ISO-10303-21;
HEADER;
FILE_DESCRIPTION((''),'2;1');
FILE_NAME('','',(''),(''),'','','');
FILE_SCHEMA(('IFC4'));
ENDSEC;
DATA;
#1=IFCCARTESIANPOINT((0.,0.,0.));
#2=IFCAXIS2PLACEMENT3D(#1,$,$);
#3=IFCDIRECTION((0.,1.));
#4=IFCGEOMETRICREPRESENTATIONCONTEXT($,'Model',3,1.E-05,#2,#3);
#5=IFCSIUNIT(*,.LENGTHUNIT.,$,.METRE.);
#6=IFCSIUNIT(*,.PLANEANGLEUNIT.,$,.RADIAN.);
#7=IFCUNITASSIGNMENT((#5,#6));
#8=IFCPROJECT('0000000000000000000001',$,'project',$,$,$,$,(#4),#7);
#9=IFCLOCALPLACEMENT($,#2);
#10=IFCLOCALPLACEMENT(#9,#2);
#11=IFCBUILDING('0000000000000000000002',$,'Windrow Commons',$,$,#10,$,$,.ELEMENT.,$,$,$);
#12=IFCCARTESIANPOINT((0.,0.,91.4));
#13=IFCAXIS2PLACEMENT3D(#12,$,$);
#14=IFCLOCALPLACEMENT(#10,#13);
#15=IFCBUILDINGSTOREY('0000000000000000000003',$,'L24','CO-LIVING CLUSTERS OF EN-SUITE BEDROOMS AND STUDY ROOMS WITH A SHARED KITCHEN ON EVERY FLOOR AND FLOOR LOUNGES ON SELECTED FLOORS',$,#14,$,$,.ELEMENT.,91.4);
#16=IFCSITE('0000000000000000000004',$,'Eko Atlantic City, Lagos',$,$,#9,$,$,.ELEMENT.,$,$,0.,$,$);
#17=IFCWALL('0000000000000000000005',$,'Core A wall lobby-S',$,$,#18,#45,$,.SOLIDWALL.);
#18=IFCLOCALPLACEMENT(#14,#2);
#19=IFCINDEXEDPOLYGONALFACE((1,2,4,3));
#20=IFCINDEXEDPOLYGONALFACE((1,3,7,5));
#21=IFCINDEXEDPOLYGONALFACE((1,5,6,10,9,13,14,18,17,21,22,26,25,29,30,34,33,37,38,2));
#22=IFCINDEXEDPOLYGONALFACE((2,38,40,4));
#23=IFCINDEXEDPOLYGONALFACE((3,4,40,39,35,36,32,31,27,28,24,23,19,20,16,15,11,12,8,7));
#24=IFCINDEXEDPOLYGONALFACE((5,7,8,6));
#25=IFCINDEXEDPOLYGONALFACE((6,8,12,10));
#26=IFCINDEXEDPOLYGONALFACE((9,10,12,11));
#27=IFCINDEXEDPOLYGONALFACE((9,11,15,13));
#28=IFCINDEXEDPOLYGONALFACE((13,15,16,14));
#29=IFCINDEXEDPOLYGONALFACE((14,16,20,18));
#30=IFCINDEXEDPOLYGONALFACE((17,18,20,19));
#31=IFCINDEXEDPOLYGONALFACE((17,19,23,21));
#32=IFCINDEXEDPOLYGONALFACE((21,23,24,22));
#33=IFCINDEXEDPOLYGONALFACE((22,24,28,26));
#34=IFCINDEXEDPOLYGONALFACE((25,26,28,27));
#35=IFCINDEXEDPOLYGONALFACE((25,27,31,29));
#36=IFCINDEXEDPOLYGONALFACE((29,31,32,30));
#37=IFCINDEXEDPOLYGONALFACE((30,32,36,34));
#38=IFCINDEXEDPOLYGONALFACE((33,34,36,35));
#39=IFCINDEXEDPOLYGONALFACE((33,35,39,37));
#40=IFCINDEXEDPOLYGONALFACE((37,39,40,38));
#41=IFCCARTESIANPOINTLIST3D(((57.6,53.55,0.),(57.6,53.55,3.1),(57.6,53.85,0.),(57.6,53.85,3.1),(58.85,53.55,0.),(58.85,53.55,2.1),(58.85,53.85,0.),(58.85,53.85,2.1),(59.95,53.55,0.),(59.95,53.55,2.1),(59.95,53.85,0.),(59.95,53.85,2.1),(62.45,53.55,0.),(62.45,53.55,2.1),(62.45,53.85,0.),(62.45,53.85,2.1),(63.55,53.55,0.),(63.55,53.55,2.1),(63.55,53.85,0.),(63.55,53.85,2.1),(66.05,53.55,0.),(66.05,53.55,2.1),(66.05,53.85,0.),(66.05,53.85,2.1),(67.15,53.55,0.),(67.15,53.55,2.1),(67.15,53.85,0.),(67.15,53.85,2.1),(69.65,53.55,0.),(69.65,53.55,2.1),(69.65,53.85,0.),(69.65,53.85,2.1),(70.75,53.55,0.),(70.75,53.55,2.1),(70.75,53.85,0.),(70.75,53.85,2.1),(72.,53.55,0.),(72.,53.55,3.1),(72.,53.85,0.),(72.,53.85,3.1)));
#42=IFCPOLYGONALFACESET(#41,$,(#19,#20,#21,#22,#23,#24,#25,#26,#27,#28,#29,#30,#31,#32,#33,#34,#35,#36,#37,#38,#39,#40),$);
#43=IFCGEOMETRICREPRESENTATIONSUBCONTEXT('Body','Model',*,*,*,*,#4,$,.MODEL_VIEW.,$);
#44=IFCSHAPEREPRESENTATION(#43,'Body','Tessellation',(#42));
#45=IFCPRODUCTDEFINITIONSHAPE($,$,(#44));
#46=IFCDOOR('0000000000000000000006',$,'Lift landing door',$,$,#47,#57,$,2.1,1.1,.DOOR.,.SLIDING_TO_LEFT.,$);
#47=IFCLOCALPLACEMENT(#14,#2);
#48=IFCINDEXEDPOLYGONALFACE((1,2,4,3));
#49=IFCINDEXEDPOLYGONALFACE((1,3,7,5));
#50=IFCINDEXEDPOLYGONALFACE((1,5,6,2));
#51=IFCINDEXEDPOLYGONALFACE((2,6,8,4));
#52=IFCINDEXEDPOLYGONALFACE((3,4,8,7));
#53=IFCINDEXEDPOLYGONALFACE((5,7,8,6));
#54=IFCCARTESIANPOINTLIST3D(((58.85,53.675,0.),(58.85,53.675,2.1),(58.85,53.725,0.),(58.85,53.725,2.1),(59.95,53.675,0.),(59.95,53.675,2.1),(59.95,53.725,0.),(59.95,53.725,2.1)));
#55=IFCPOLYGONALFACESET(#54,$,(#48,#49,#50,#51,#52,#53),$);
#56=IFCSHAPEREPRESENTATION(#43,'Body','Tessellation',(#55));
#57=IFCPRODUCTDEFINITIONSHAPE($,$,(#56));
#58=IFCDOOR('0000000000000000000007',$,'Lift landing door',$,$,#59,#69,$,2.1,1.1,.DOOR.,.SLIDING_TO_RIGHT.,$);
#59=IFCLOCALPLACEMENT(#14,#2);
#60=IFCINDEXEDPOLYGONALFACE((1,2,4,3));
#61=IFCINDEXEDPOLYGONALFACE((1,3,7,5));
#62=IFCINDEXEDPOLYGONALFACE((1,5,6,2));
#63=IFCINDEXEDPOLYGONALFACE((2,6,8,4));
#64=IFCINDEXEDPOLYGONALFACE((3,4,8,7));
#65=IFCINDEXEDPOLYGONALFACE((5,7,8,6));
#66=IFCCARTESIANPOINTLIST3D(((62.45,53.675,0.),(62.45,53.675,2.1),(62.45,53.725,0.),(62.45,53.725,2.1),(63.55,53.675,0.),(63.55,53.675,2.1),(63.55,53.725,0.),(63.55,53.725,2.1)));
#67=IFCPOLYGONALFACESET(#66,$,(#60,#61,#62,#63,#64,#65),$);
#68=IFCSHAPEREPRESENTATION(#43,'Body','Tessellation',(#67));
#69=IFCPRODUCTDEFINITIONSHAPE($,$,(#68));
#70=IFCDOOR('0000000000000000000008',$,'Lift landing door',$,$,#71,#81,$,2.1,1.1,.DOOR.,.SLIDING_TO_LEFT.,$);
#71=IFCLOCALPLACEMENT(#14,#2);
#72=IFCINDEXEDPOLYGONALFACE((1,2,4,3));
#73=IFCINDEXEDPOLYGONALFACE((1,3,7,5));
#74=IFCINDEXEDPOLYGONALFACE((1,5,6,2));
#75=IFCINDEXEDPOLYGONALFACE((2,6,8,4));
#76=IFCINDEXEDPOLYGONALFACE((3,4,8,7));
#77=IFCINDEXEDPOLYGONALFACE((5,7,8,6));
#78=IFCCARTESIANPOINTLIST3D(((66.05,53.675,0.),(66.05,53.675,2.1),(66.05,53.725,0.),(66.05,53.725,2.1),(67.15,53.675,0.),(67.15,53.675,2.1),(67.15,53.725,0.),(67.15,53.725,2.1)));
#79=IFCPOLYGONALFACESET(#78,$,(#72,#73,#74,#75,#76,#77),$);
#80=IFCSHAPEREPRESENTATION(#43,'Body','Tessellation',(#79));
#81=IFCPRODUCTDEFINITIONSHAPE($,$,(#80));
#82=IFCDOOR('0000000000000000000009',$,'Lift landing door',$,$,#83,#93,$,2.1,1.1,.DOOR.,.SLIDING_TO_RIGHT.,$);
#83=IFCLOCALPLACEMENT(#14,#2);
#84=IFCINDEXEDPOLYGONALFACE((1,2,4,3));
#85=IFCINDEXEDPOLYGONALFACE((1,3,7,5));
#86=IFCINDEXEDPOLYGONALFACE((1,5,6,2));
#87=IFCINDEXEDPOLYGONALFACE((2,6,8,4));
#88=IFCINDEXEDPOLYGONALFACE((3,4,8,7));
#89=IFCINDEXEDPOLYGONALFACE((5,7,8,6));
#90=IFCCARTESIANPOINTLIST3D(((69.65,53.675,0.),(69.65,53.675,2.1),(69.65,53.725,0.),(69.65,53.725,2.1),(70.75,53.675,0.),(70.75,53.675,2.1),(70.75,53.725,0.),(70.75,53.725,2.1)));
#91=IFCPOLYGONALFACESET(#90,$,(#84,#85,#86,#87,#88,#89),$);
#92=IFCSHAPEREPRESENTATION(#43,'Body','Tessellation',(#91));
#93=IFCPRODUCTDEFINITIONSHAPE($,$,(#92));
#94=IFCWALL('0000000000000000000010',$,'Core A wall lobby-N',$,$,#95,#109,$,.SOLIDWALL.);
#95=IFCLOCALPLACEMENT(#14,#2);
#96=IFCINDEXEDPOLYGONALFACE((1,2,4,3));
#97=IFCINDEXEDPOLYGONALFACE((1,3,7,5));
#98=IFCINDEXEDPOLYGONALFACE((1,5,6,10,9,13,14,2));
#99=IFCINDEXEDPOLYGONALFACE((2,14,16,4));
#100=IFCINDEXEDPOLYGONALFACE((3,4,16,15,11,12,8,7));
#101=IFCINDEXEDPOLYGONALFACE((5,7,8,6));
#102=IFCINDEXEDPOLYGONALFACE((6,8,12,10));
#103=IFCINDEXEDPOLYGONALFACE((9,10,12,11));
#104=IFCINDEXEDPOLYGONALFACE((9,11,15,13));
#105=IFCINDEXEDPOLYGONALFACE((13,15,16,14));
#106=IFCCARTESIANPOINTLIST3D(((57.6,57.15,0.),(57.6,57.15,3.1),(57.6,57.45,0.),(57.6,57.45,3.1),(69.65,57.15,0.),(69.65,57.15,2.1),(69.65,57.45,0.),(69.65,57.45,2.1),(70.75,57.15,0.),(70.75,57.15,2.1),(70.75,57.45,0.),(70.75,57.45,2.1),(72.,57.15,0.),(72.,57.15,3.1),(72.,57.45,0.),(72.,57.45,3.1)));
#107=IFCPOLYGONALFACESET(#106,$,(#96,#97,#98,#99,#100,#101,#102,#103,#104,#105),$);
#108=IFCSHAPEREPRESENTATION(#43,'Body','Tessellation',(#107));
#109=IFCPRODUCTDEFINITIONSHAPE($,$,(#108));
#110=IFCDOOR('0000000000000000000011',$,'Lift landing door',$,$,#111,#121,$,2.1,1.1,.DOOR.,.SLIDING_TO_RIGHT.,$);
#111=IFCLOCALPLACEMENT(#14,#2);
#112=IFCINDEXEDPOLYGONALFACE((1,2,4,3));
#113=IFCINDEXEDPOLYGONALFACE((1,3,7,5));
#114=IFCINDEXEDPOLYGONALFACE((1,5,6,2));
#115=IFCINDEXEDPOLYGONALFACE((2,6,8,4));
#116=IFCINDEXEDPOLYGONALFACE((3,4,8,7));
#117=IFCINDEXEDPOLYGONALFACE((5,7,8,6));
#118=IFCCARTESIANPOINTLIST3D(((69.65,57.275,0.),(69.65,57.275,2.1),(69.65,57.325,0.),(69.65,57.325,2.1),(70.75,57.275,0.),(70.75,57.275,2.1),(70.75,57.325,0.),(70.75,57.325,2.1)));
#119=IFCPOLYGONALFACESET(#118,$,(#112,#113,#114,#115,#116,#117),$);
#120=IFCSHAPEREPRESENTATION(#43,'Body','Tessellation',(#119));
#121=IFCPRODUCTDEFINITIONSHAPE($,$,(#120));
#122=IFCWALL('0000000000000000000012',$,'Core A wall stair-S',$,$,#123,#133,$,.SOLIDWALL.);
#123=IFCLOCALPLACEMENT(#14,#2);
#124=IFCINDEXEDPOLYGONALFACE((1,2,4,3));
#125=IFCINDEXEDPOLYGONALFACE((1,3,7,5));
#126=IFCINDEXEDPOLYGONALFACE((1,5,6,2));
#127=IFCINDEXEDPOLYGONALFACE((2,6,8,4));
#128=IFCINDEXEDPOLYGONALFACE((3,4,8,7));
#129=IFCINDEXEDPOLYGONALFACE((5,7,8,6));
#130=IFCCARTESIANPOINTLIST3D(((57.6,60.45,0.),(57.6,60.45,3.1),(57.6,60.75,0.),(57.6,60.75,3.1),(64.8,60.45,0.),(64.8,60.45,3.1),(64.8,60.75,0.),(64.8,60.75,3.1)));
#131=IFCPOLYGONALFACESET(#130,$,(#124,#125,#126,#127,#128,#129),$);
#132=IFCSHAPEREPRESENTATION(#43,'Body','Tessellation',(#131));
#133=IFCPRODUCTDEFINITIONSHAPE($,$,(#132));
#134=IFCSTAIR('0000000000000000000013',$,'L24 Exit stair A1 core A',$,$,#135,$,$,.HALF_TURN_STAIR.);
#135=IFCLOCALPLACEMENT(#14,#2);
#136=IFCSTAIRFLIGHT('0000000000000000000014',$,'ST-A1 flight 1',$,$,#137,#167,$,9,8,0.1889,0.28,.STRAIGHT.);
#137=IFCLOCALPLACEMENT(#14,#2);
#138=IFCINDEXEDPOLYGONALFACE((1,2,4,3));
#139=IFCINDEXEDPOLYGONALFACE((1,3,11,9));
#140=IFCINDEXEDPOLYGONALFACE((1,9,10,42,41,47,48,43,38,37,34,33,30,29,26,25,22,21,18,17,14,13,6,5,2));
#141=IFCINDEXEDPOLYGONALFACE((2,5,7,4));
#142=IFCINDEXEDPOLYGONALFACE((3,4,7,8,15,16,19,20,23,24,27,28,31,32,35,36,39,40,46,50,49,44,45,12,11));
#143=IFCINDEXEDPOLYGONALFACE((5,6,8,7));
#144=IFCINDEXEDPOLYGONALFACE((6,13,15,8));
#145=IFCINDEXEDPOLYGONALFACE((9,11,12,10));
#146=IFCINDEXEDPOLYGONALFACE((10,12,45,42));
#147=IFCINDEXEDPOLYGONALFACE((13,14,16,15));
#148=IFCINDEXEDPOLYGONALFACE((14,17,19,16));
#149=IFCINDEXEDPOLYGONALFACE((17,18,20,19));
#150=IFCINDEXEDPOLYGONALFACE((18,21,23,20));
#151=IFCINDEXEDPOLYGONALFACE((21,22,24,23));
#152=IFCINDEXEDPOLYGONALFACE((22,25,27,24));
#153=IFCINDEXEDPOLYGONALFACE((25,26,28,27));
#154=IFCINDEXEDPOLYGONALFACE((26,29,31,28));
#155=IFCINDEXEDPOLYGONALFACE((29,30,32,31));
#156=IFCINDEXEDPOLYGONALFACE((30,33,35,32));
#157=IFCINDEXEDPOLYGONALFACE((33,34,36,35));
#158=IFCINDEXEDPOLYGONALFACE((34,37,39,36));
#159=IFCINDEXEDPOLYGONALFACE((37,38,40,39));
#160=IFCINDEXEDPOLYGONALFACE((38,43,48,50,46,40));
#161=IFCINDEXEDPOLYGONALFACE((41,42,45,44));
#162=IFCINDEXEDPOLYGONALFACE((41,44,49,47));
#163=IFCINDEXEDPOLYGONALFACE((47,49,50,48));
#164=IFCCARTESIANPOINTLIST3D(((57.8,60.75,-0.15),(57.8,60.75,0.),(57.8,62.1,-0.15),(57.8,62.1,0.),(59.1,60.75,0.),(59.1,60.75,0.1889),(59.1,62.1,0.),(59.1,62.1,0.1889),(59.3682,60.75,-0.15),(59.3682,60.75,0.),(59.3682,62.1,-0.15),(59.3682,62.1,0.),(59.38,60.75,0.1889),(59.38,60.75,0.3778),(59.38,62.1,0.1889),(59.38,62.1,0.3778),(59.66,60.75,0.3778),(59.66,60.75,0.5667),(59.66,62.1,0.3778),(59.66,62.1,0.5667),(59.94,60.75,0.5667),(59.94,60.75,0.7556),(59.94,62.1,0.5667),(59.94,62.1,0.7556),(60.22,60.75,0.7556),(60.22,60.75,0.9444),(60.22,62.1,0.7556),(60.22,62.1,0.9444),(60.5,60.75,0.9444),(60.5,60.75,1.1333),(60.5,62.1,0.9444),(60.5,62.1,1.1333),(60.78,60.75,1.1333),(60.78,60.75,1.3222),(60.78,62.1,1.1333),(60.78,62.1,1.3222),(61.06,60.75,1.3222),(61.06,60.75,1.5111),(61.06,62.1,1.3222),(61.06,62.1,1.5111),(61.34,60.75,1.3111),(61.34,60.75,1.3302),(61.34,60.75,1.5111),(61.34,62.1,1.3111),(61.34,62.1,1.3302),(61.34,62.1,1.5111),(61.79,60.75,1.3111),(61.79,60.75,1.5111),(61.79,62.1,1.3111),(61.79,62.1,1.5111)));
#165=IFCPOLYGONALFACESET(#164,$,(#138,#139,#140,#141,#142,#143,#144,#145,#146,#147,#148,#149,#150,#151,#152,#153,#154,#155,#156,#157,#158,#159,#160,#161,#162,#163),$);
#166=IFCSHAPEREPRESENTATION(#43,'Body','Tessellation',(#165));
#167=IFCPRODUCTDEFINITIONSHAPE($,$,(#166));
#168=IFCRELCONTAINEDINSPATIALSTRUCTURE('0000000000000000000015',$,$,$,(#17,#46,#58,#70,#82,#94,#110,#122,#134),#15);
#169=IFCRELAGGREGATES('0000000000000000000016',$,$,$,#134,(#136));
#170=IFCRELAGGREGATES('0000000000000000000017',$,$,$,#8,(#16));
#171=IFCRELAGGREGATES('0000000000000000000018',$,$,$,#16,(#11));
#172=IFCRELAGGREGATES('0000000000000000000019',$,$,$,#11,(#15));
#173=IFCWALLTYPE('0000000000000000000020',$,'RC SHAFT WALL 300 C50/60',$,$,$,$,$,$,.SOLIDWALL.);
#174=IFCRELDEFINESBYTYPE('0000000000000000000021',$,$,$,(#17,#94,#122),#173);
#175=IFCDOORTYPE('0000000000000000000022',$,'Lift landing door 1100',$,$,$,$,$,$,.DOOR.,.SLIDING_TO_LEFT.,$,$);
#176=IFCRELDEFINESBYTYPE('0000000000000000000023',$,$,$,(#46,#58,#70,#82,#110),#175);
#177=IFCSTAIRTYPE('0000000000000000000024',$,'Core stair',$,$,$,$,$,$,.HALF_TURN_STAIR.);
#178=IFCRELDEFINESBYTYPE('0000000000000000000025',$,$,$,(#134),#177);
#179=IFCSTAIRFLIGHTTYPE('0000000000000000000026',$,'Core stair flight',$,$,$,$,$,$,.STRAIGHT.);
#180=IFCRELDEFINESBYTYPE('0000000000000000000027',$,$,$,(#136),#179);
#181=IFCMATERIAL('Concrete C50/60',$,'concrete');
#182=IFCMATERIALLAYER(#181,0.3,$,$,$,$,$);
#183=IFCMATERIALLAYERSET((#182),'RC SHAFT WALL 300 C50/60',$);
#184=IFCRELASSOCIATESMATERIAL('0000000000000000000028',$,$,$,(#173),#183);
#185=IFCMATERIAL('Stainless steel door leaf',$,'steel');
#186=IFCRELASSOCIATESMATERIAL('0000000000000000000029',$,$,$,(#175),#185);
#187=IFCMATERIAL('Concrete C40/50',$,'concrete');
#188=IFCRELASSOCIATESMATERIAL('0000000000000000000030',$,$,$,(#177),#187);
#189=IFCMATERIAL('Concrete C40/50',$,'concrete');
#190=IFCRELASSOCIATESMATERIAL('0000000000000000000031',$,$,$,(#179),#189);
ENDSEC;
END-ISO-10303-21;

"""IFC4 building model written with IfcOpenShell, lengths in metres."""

from ifc_helpers import new_model, si_unit, direction, frame, frame_2d, origin, place, context, subcontext, project, spatial, polyline, rectangle, outline, extrude, material, layer, layer_set, type_object, element, fill, aggregate, save


model = new_model("IFC4")

# Units and contexts
model_context = context("Model", 3, precision=1e-05, world=origin(), true_north=direction((0.0, 1.0)))
body_context = subcontext(model_context, "Body", "Model", "MODEL_VIEW")
ifc_project = project(units=[si_unit("LENGTHUNIT", "METRE"), si_unit("PLANEANGLEUNIT", "RADIAN")], contexts=[model_context])

# Site, building, storey
site_placement = place(None, origin())
site = spatial("IfcSite", under=ifc_project, at=site_placement, Name="Eko Atlantic City, Lagos", CompositionType="ELEMENT", RefElevation=0.0)
building_placement = place(site_placement, origin())
building = spatial("IfcBuilding", under=site, at=building_placement, Name="Windrow Commons", CompositionType="ELEMENT")
storey_placement = place(building_placement, frame((0.0, 0.0, 91.4)))
storey = spatial("IfcBuildingStorey", under=building, at=storey_placement, Name="L24", Description="CO-LIVING CLUSTERS OF EN-SUITE BEDROOMS AND STUDY ROOMS WITH A SHARED KITCHEN ON EVERY FLOOR AND FLOOR LOUNGES ON SELECTED FLOORS", CompositionType="ELEMENT", Elevation=91.4)

# Wall, openings, doors
ifc_material_1 = material(Name="Concrete C50/60", Category="concrete")
ifc_layer_1 = layer(ifc_material_1, 0.3)
ifc_layer_set_1 = layer_set([ifc_layer_1], Name="RC SHAFT WALL 300 C50/60")
wall_type_1 = type_object("IfcWallType", Name="RC SHAFT WALL 300 C50/60", PredefinedType="SOLIDWALL", material=ifc_layer_set_1)
wall_1_placement = place(storey_placement, frame((57.6, 53.7, 0.0), z_axis=(0.0, 0.0, 1.0), x_axis=(1.0, 0.0, 0.0)))
wall_1 = element("IfcWall", 1, at=wall_1_placement, inside=storey, type_object=wall_type_1, Name="Core A wall lobby-S", PredefinedType="SOLIDWALL", context=body_context, shape_type="SweptSolid", body=[
    extrude(rectangle(XDim=14.4, YDim=0.3, at=frame_2d((7.2, 0.0))), origin(), (0.0, 0.0, 1.0), 3.1),
])
opening_1_placement = place(wall_1_placement, frame((1.25, 0.0, 0.0)))
opening_1 = element("IfcOpeningElement", 2, at=opening_1_placement, cuts=wall_1, PredefinedType="OPENING", context=body_context, shape_type="SweptSolid", body=[
    extrude(rectangle(XDim=1.1, YDim=2.1, at=frame_2d((0.55, 1.05))), frame((0.0, 0.16, 0.0), z_axis=(0.0, -1.0, 0.0), x_axis=(1.0, 0.0, 0.0)), (0.0, 0.0, 1.0), 0.32),
])
opening_2_placement = place(wall_1_placement, frame((4.85, 0.0, 0.0)))
opening_2 = element("IfcOpeningElement", 3, at=opening_2_placement, cuts=wall_1, PredefinedType="OPENING", context=body_context, shape_type="SweptSolid", body=[
    extrude(rectangle(XDim=1.1, YDim=2.1, at=frame_2d((0.55, 1.05))), frame((0.0, 0.16, 0.0), z_axis=(0.0, -1.0, 0.0), x_axis=(1.0, 0.0, 0.0)), (0.0, 0.0, 1.0), 0.32),
])
opening_3_placement = place(wall_1_placement, frame((8.45, 0.0, 0.0)))
opening_3 = element("IfcOpeningElement", 4, at=opening_3_placement, cuts=wall_1, PredefinedType="OPENING", context=body_context, shape_type="SweptSolid", body=[
    extrude(rectangle(XDim=1.1, YDim=2.1, at=frame_2d((0.55, 1.05))), frame((0.0, 0.16, 0.0), z_axis=(0.0, -1.0, 0.0), x_axis=(1.0, 0.0, 0.0)), (0.0, 0.0, 1.0), 0.32),
])
opening_4_placement = place(wall_1_placement, frame((12.05, 0.0, 0.0)))
opening_4 = element("IfcOpeningElement", 5, at=opening_4_placement, cuts=wall_1, PredefinedType="OPENING", context=body_context, shape_type="SweptSolid", body=[
    extrude(rectangle(XDim=1.1, YDim=2.1, at=frame_2d((0.55, 1.05))), frame((0.0, 0.16, 0.0), z_axis=(0.0, -1.0, 0.0), x_axis=(1.0, 0.0, 0.0)), (0.0, 0.0, 1.0), 0.32),
])
ifc_material_2 = material(Name="Stainless steel door leaf", Category="steel")
door_type_1 = type_object("IfcDoorType", Name="Lift landing door 1100", OperationType="SLIDING_TO_LEFT", PredefinedType="DOOR", material=ifc_material_2)
door_1_placement = place(opening_1_placement, origin())
door_1 = element("IfcDoor", 6, at=door_1_placement, inside=storey, type_object=door_type_1, Name="Lift landing door", OperationType="SLIDING_TO_LEFT", OverallHeight=2.1, OverallWidth=1.1, PredefinedType="DOOR", context=body_context, shape_type="SweptSolid", body=[
    extrude(rectangle(XDim=1.1, YDim=2.1, at=frame_2d((0.55, 1.05))), frame((0.0, 0.025, 0.0), z_axis=(0.0, -1.0, 0.0), x_axis=(1.0, 0.0, 0.0)), (0.0, 0.0, 1.0), 0.05),
])
fill(opening_1, door_1)
door_2_placement = place(opening_2_placement, origin())
door_2 = element("IfcDoor", 7, at=door_2_placement, inside=storey, type_object=door_type_1, Name="Lift landing door", OperationType="SLIDING_TO_RIGHT", OverallHeight=2.1, OverallWidth=1.1, PredefinedType="DOOR", context=body_context, shape_type="SweptSolid", body=[
    extrude(rectangle(XDim=1.1, YDim=2.1, at=frame_2d((0.55, 1.05))), frame((0.0, 0.025, 0.0), z_axis=(0.0, -1.0, 0.0), x_axis=(1.0, 0.0, 0.0)), (0.0, 0.0, 1.0), 0.05),
])
fill(opening_2, door_2)
door_3_placement = place(opening_3_placement, origin())
door_3 = element("IfcDoor", 8, at=door_3_placement, inside=storey, type_object=door_type_1, Name="Lift landing door", OperationType="SLIDING_TO_LEFT", OverallHeight=2.1, OverallWidth=1.1, PredefinedType="DOOR", context=body_context, shape_type="SweptSolid", body=[
    extrude(rectangle(XDim=1.1, YDim=2.1, at=frame_2d((0.55, 1.05))), frame((0.0, 0.025, 0.0), z_axis=(0.0, -1.0, 0.0), x_axis=(1.0, 0.0, 0.0)), (0.0, 0.0, 1.0), 0.05),
])
fill(opening_3, door_3)
door_4_placement = place(opening_4_placement, origin())
door_4 = element("IfcDoor", 9, at=door_4_placement, inside=storey, type_object=door_type_1, Name="Lift landing door", OperationType="SLIDING_TO_RIGHT", OverallHeight=2.1, OverallWidth=1.1, PredefinedType="DOOR", context=body_context, shape_type="SweptSolid", body=[
    extrude(rectangle(XDim=1.1, YDim=2.1, at=frame_2d((0.55, 1.05))), frame((0.0, 0.025, 0.0), z_axis=(0.0, -1.0, 0.0), x_axis=(1.0, 0.0, 0.0)), (0.0, 0.0, 1.0), 0.05),
])
fill(opening_4, door_4)

# Wall, opening, door
wall_2_placement = place(storey_placement, frame((57.6, 57.3, 0.0), z_axis=(0.0, 0.0, 1.0), x_axis=(1.0, 0.0, 0.0)))
wall_2 = element("IfcWall", 10, at=wall_2_placement, inside=storey, type_object=wall_type_1, Name="Core A wall lobby-N", PredefinedType="SOLIDWALL", context=body_context, shape_type="SweptSolid", body=[
    extrude(rectangle(XDim=14.4, YDim=0.3, at=frame_2d((7.2, 0.0))), origin(), (0.0, 0.0, 1.0), 3.1),
])
opening_5_placement = place(wall_2_placement, frame((12.05, 0.0, 0.0)))
opening_5 = element("IfcOpeningElement", 11, at=opening_5_placement, cuts=wall_2, PredefinedType="OPENING", context=body_context, shape_type="SweptSolid", body=[
    extrude(rectangle(XDim=1.1, YDim=2.1, at=frame_2d((0.55, 1.05))), frame((0.0, 0.16, 0.0), z_axis=(0.0, -1.0, 0.0), x_axis=(1.0, 0.0, 0.0)), (0.0, 0.0, 1.0), 0.32),
])
door_5_placement = place(opening_5_placement, origin())
door_5 = element("IfcDoor", 12, at=door_5_placement, inside=storey, type_object=door_type_1, Name="Lift landing door", OperationType="SLIDING_TO_RIGHT", OverallHeight=2.1, OverallWidth=1.1, PredefinedType="DOOR", context=body_context, shape_type="SweptSolid", body=[
    extrude(rectangle(XDim=1.1, YDim=2.1, at=frame_2d((0.55, 1.05))), frame((0.0, 0.025, 0.0), z_axis=(0.0, -1.0, 0.0), x_axis=(1.0, 0.0, 0.0)), (0.0, 0.0, 1.0), 0.05),
])
fill(opening_5, door_5)

# Wall
wall_3_placement = place(storey_placement, frame((57.6, 60.6, 0.0), z_axis=(0.0, 0.0, 1.0), x_axis=(1.0, 0.0, 0.0)))
element("IfcWall", 13, at=wall_3_placement, inside=storey, type_object=wall_type_1, Name="Core A wall stair-S", PredefinedType="SOLIDWALL", context=body_context, shape_type="SweptSolid", body=[
    extrude(rectangle(XDim=7.2, YDim=0.3, at=frame_2d((3.6, 0.0))), origin(), (0.0, 0.0, 1.0), 3.1),
])

# Stair, stair flight
ifc_material_3 = material(Name="Concrete C40/50", Category="concrete")
stair_type = type_object("IfcStairType", Name="Core stair", PredefinedType="HALF_TURN_STAIR", material=ifc_material_3)
stair_placement = place(storey_placement, origin())
stair = element("IfcStair", 14, at=stair_placement, inside=storey, type_object=stair_type, Name="L24 Exit stair A1 core A", PredefinedType="HALF_TURN_STAIR")
ifc_material_4 = material(Name="Concrete C40/50", Category="concrete")
stair_flight_type = type_object("IfcStairFlightType", Name="Core stair flight", PredefinedType="STRAIGHT", material=ifc_material_4)
stair_flight_placement = place(storey_placement, frame((59.1, 61.425, 0.0), z_axis=(0.0, 0.0, 1.0), x_axis=(1.0, 0.0, 0.0)))
stair_flight = element("IfcStairFlight", 15, at=stair_flight_placement, type_object=stair_flight_type, Name="ST-A1 flight 1", NumberOfRisers=9, NumberOfTreads=8, PredefinedType="STRAIGHT", RiserHeight=0.1889, TreadLength=0.28, context=body_context, shape_type="SweptSolid", body=[
    extrude(outline(polyline([(-1.3, -0.15), (-1.3, 0.0), (0.0, 0.0), (0.0, 0.1889), (0.28, 0.1889), (0.28, 0.3778), (0.56, 0.3778), (0.56, 0.5667), (0.84, 0.5667), (0.84, 0.7556), (1.12, 0.7556), (1.12, 0.9444), (1.4, 0.9444), (1.4, 1.1333), (1.68, 1.1333), (1.68, 1.3222), (1.96, 1.3222), (1.96, 1.5111), (2.24, 1.5111), (2.69, 1.5111), (2.69, 1.3111), (2.24, 1.3111), (2.24, 1.3302), (0.2682, 0.0), (0.2682, -0.15), (-1.3, -0.15)])), frame((0.0, 0.675, 0.0), z_axis=(0.0, -1.0, 0.0), x_axis=(1.0, 0.0, 0.0)), (0.0, 0.0, 1.0), 1.35),
])
aggregate(stair, [stair_flight])

save(model, "model.ifc")
